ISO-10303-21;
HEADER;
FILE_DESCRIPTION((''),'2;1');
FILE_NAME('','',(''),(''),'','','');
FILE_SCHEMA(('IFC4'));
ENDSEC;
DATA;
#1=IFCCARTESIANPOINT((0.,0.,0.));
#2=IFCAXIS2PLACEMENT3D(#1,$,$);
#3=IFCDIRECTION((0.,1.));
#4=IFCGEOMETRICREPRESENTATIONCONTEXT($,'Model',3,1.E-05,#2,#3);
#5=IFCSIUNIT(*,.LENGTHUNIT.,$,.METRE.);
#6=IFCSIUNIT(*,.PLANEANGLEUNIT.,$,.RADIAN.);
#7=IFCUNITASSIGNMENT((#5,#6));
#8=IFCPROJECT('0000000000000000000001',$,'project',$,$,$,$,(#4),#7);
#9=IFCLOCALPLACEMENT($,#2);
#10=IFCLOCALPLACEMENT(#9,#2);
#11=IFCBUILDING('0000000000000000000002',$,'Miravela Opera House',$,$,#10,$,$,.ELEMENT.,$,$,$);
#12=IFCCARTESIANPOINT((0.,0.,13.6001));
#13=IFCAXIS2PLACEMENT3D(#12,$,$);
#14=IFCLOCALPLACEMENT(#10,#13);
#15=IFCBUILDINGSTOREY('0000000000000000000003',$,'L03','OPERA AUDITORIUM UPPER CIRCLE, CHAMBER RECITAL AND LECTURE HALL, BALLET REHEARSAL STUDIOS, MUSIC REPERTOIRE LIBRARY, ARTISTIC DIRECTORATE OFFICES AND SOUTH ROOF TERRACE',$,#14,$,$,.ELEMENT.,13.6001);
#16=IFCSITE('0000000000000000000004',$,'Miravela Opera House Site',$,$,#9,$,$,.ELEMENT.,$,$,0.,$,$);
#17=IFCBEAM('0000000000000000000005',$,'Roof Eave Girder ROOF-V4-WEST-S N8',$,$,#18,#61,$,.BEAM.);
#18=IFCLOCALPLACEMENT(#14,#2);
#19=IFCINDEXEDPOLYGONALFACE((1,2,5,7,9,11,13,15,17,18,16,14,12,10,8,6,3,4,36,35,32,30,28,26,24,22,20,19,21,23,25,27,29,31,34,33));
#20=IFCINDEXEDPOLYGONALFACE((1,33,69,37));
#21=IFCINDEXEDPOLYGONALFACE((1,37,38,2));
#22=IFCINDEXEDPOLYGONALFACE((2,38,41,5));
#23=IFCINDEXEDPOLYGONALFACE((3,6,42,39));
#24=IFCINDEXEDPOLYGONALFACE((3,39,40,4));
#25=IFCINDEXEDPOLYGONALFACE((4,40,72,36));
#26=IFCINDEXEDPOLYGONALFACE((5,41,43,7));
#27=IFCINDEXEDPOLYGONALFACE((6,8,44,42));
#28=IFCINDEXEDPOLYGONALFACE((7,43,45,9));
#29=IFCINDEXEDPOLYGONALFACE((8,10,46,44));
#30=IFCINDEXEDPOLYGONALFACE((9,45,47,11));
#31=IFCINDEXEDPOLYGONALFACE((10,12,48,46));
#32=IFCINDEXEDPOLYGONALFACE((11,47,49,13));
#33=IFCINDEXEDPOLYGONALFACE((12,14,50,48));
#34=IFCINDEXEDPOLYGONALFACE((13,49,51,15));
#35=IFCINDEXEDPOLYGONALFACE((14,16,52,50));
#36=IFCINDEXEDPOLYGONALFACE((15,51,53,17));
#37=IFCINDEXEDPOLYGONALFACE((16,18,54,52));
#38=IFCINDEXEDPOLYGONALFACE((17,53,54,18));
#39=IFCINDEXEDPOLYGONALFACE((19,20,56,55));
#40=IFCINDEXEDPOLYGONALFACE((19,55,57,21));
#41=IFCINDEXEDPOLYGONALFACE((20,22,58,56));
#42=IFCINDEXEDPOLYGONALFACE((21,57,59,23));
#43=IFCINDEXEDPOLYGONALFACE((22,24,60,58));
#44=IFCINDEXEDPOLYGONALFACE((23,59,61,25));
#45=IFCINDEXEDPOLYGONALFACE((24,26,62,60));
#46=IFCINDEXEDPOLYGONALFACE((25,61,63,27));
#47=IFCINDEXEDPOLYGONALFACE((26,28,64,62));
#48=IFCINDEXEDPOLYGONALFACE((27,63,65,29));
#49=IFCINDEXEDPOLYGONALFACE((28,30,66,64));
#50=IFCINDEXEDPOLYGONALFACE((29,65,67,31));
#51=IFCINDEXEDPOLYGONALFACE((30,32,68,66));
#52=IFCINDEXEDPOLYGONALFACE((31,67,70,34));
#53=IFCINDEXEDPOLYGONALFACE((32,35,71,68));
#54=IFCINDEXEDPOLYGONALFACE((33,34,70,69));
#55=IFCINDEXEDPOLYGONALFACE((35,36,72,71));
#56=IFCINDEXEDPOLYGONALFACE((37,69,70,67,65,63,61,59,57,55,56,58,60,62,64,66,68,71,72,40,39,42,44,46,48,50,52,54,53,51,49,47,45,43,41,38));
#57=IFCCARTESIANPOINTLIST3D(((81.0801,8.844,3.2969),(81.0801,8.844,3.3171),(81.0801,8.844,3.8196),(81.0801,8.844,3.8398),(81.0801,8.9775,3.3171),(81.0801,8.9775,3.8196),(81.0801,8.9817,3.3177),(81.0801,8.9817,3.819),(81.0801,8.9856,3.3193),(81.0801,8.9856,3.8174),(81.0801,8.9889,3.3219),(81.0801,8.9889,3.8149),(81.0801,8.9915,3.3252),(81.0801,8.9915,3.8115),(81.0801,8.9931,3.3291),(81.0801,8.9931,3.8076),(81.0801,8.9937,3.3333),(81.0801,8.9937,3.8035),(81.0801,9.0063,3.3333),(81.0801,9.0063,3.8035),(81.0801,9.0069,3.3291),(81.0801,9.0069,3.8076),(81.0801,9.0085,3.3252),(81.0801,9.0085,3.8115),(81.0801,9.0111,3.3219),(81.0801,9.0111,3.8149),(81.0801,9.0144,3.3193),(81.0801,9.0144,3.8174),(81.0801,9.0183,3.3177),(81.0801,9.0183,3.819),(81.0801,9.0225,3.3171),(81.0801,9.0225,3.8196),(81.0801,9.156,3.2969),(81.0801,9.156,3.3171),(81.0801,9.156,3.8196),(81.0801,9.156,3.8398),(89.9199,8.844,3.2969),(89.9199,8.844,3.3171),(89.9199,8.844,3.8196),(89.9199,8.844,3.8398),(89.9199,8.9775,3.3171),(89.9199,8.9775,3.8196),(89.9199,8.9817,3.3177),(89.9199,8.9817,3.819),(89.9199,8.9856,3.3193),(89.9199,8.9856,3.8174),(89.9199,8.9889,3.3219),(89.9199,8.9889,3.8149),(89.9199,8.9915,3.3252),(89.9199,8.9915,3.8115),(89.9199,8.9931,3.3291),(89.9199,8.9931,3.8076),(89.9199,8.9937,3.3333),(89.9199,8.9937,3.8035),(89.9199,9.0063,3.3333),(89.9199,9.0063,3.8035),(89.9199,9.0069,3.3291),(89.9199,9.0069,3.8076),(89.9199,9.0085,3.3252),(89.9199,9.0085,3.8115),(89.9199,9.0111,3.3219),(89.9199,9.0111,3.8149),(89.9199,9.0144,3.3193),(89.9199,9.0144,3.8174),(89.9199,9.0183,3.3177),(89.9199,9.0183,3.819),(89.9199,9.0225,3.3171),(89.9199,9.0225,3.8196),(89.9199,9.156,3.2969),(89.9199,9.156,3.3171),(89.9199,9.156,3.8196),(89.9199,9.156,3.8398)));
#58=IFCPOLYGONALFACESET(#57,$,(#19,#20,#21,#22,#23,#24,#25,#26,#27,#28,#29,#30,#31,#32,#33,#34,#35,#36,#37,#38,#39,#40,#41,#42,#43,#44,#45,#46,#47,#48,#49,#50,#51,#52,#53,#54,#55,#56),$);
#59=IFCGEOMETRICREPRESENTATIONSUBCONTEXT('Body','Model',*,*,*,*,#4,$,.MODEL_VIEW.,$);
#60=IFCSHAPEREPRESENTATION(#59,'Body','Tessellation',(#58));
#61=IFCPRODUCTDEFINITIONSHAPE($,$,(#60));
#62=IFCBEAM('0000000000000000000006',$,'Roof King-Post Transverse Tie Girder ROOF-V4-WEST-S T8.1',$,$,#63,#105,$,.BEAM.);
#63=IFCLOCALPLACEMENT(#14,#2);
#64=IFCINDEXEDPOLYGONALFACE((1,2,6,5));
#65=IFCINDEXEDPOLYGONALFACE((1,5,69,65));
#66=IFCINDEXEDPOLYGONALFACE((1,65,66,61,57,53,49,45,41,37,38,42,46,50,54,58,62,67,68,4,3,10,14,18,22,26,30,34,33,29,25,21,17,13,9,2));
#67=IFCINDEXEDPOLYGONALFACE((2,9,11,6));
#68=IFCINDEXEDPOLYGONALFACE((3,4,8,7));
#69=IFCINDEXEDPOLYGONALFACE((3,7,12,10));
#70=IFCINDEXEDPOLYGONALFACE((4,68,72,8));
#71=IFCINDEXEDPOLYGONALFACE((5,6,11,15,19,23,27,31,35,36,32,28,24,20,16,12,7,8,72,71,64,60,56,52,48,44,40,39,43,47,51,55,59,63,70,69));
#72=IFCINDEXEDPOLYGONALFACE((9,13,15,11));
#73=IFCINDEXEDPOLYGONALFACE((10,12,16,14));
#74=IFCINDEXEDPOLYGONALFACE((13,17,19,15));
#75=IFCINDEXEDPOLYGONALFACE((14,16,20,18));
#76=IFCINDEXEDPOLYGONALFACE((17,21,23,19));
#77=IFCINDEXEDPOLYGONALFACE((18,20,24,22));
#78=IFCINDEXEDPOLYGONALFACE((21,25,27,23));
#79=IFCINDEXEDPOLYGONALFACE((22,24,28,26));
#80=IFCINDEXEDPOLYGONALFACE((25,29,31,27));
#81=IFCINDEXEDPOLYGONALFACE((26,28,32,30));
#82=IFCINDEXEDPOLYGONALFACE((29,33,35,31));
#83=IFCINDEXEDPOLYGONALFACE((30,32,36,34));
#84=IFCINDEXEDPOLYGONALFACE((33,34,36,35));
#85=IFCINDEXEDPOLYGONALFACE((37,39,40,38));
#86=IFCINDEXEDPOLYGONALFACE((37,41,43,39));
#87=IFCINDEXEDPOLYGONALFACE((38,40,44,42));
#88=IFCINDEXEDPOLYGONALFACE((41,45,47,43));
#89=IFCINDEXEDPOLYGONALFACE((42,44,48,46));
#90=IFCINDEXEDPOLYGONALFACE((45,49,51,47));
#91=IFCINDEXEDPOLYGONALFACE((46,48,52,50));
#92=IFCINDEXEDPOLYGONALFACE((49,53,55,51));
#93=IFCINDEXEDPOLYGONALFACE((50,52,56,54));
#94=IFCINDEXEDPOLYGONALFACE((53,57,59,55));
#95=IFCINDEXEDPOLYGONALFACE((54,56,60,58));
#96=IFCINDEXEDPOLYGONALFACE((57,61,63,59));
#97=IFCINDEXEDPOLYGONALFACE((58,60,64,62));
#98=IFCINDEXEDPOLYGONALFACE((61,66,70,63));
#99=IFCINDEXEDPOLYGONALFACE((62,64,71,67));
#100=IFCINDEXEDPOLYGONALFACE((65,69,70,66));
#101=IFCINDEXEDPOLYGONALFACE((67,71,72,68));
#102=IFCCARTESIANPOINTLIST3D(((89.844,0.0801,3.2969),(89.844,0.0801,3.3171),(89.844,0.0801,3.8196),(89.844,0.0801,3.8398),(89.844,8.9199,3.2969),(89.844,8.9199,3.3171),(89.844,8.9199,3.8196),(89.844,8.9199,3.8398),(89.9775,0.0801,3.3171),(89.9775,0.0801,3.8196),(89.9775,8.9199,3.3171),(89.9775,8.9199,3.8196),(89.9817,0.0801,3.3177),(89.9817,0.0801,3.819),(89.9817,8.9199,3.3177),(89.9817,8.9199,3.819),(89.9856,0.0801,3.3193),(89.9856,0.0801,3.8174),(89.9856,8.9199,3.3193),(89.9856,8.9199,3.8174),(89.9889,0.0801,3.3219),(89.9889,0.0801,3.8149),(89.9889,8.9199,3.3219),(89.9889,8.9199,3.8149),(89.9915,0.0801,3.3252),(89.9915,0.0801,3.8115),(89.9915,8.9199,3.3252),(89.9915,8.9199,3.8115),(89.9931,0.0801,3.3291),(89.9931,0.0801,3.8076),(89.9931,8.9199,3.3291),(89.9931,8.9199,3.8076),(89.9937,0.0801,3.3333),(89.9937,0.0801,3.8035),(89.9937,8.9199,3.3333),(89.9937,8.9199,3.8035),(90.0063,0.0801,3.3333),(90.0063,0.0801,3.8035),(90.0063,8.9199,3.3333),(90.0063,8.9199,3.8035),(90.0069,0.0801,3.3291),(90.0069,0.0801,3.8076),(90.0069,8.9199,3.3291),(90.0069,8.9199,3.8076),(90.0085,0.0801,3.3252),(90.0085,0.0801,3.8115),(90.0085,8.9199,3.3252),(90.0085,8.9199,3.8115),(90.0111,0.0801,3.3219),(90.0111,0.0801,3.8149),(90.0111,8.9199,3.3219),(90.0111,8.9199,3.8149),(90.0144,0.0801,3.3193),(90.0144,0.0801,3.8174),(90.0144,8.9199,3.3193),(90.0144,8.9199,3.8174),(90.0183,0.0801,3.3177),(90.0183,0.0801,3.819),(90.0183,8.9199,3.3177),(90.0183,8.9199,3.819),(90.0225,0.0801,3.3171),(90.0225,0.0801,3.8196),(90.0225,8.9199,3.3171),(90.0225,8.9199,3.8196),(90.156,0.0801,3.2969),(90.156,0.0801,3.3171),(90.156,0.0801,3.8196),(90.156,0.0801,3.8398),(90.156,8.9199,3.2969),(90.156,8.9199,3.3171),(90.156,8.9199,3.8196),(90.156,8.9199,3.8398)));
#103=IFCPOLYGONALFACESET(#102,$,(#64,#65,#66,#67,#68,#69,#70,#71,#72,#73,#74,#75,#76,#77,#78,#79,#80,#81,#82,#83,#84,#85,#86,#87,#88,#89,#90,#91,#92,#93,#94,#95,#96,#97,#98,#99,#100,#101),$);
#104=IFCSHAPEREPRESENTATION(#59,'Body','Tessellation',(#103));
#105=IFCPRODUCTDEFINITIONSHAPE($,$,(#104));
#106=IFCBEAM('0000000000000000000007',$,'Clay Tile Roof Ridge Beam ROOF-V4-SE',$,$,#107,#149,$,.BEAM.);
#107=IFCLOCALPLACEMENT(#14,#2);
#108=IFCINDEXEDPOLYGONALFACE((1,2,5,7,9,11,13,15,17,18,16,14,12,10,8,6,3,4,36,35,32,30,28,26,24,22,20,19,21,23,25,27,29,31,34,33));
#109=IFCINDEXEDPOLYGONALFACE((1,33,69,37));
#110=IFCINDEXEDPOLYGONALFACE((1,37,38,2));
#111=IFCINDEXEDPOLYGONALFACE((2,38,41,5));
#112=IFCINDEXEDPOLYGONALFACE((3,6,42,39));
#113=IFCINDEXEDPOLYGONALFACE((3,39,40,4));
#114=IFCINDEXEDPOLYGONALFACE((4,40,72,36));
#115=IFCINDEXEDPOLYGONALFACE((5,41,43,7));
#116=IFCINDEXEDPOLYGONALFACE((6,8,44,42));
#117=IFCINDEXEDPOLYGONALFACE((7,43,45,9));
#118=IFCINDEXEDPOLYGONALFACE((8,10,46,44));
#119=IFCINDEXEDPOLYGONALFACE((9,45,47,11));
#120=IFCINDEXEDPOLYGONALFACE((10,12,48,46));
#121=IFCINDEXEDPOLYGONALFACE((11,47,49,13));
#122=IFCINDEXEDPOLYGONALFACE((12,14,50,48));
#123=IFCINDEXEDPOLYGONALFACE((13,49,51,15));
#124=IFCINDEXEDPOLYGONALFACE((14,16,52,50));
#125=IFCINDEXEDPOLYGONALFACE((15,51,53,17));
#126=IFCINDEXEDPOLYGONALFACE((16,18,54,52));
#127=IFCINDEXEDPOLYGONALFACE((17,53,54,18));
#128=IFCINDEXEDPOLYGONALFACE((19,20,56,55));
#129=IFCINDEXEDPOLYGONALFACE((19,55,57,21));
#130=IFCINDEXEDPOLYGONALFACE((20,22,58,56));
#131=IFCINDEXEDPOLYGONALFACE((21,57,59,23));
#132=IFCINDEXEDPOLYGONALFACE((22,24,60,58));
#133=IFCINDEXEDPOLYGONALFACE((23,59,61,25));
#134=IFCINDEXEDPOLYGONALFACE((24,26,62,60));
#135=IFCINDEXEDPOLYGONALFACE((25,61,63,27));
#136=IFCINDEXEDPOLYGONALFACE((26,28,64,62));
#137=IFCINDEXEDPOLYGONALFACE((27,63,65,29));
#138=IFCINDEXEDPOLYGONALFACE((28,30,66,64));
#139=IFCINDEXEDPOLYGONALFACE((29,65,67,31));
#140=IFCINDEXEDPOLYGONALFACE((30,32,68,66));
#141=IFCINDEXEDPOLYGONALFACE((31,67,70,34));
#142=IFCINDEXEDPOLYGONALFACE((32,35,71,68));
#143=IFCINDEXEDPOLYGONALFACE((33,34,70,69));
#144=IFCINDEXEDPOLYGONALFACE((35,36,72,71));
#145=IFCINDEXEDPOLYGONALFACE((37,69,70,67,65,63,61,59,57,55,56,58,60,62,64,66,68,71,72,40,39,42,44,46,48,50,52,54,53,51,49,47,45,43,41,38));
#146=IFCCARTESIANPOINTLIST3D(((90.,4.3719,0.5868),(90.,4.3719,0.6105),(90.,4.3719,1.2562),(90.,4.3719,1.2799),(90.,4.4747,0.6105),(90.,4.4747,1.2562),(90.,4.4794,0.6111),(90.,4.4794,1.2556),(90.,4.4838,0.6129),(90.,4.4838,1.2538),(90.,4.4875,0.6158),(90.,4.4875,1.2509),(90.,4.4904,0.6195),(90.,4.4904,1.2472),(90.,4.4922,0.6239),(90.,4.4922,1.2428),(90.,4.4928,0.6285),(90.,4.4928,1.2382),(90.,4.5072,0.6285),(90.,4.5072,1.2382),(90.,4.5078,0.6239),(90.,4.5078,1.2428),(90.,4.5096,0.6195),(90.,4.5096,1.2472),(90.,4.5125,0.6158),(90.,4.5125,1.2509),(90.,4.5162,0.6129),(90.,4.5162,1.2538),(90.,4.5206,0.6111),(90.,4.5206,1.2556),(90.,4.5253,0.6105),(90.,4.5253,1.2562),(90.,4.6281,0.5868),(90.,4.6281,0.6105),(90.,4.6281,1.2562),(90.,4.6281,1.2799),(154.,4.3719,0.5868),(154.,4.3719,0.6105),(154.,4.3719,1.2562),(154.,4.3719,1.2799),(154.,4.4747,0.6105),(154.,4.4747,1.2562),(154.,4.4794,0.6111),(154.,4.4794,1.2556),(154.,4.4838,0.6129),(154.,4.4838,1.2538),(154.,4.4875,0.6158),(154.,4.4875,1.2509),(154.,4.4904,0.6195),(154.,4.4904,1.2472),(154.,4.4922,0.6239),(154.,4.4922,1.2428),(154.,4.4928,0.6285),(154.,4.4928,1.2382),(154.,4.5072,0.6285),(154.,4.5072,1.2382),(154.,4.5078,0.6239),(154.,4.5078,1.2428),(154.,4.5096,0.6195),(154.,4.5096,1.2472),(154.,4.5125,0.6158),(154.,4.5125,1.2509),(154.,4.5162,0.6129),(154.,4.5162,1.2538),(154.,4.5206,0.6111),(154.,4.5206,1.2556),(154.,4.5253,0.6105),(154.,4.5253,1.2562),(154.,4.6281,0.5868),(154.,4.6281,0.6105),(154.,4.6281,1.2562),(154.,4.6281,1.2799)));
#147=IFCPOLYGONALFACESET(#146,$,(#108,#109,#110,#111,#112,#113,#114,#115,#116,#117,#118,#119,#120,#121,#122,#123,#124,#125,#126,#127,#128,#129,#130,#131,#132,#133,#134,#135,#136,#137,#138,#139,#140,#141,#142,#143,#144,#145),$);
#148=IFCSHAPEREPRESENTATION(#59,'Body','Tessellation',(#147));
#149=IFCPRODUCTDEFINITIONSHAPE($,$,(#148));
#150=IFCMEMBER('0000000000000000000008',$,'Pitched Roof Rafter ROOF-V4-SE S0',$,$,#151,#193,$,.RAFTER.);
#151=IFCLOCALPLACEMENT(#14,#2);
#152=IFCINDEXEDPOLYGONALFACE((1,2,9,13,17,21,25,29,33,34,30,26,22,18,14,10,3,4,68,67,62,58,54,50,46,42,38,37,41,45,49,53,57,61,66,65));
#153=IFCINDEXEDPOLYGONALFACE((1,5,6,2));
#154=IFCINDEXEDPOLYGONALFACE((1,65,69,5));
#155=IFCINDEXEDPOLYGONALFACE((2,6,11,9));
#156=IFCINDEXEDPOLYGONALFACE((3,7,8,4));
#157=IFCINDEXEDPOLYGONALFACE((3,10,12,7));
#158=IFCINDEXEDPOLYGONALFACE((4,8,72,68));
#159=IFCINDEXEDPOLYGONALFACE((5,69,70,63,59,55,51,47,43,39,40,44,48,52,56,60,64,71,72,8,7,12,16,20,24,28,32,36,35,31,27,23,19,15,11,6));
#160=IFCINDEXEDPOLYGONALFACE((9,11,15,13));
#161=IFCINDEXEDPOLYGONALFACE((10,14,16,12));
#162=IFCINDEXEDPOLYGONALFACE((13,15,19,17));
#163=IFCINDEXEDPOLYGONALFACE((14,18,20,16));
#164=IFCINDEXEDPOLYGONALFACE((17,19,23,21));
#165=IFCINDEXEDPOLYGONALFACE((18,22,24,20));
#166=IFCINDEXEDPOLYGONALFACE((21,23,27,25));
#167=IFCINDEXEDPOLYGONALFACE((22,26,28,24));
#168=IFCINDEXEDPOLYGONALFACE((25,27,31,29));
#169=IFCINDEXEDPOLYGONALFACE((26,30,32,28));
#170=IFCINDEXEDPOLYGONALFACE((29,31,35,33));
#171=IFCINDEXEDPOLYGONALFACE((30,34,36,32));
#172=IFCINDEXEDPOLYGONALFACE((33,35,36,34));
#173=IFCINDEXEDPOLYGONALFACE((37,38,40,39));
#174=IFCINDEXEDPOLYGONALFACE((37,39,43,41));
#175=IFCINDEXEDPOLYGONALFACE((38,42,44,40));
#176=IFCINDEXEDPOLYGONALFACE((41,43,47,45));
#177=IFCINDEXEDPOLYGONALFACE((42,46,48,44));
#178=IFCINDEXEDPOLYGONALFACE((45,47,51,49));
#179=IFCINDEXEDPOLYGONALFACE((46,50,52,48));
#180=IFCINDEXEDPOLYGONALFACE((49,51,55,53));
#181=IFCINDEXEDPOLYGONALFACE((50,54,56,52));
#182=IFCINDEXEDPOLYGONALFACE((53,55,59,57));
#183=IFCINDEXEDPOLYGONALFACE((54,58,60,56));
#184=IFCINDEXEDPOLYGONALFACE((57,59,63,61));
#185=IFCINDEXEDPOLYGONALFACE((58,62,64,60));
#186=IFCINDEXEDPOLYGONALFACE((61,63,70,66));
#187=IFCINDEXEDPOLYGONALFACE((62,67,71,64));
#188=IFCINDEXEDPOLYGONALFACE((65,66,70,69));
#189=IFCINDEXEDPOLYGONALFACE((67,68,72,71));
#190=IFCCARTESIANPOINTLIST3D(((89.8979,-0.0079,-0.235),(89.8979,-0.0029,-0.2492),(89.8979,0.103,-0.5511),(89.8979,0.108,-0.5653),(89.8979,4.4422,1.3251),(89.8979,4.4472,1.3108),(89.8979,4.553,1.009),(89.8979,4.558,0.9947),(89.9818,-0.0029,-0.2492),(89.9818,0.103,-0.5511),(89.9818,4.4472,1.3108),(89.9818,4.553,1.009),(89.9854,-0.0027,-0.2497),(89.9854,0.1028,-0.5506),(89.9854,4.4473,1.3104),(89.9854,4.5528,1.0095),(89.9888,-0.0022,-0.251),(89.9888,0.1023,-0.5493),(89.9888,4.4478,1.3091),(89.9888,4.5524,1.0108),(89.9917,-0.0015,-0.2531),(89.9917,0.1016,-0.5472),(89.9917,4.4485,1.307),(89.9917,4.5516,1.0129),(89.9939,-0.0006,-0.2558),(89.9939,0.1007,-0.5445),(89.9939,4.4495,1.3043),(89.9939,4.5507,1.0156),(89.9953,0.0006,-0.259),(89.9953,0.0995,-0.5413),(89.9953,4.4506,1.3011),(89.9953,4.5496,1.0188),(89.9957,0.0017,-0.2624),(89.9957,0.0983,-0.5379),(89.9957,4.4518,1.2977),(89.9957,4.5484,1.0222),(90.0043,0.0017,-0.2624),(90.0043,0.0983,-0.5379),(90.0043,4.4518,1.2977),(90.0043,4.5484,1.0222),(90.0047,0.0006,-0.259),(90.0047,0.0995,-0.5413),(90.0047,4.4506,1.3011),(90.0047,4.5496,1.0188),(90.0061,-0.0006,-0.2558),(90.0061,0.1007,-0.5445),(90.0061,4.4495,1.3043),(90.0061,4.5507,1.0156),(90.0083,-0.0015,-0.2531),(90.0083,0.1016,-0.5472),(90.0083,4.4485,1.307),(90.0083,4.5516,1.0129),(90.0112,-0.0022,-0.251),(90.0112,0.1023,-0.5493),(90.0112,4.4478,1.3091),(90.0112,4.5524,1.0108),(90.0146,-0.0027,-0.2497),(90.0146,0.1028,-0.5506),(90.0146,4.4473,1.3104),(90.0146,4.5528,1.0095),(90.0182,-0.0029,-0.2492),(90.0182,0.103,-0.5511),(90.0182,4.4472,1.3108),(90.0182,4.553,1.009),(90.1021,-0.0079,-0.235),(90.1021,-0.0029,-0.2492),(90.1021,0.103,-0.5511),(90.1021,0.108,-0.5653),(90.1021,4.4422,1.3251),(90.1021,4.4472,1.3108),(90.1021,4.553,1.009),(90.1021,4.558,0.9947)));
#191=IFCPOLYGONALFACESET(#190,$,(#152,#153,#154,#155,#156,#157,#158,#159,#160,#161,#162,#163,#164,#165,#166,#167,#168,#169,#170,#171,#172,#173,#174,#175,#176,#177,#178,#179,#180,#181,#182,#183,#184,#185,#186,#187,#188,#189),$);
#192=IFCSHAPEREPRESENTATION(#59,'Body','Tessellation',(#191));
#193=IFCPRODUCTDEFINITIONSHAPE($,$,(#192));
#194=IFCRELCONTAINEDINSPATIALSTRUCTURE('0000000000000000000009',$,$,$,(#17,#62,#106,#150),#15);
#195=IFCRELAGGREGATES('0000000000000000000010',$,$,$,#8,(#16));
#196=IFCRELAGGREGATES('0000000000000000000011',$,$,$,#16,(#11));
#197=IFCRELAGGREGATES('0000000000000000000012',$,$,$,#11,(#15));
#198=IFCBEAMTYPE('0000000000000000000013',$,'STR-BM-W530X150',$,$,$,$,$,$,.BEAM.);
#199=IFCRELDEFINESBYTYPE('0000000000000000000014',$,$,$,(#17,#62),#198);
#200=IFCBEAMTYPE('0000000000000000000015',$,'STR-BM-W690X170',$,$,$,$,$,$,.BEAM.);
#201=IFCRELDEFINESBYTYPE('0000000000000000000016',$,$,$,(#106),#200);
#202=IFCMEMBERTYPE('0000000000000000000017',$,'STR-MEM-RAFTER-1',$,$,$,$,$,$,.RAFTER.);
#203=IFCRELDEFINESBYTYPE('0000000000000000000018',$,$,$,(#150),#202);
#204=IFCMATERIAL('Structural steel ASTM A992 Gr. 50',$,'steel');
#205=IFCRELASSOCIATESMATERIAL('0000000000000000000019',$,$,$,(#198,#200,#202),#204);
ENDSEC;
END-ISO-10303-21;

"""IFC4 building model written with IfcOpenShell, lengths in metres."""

from ifc_helpers import new_model, si_unit, direction, frame, origin, origin_2d, place, context, subcontext, project, spatial, i_section, extrude, material, material_profile, profile_set, type_object, element, save


model = new_model("IFC4")

# Units and contexts
model_context = context("Model", 3, precision=1e-05, world=origin(), true_north=direction((0.0, 1.0)))
body_context = subcontext(model_context, "Body", "Model", "MODEL_VIEW")
ifc_project = project(units=[si_unit("LENGTHUNIT", "METRE"), si_unit("PLANEANGLEUNIT", "RADIAN")], contexts=[model_context])

# Site, building, storey
site_placement = place(None, origin())
site = spatial("IfcSite", under=ifc_project, at=site_placement, Name="Miravela Opera House Site", CompositionType="ELEMENT", RefElevation=0.0)
building_placement = place(site_placement, origin())
building = spatial("IfcBuilding", under=site, at=building_placement, Name="Miravela Opera House", CompositionType="ELEMENT")
storey_placement = place(building_placement, frame((0.0, 0.0, 13.6001)))
storey = spatial("IfcBuildingStorey", under=building, at=storey_placement, Name="L03", Description="OPERA AUDITORIUM UPPER CIRCLE, CHAMBER RECITAL AND LECTURE HALL, BALLET REHEARSAL STUDIOS, MUSIC REPERTOIRE LIBRARY, ARTISTIC DIRECTORATE OFFICES AND SOUTH ROOF TERRACE", CompositionType="ELEMENT", Elevation=13.6001)

# Beams
ifc_material_1 = material(Name="Structural steel ASTM A992 Gr. 50", Category="steel")
ifc_material_profile_1 = material_profile(ifc_material_1, i_section(OverallWidth=0.312, OverallDepth=0.543, WebThickness=0.0127, FlangeThickness=0.0203, FilletRadius=0.0161, at=origin_2d()), Name="W530X150")
ifc_profile_set_1 = profile_set([ifc_material_profile_1])
beam_type_1 = type_object("IfcBeamType", Name="STR-BM-W530X150", PredefinedType="BEAM", material=ifc_profile_set_1)
for number, where, z_axis, x_axis, name in (
    (1, (81.0801, 9.0, 3.5684), (1.0, 0.0, 0.0), (0.0, 1.0, 0.0), "Roof Eave Girder ROOF-V4-WEST-S N8"),
    (2, (90.0, 0.0801, 3.5684), (0.0, 1.0, 0.0), (-1.0, 0.0, 0.0), "Roof King-Post Transverse Tie Girder ROOF-V4-WEST-S T8.1"),
):
    element("IfcBeam", number, at=place(storey_placement, frame(where, z_axis=z_axis, x_axis=x_axis)), inside=storey, type_object=beam_type_1, Name=name, PredefinedType="BEAM", context=body_context, shape_type="SweptSolid", body=[
        extrude(i_section(OverallWidth=0.312, OverallDepth=0.543, WebThickness=0.0127, FlangeThickness=0.0203, FilletRadius=0.0161, at=origin_2d()), origin(), (0.0, 0.0, 1.0), 8.8398),
    ])
ifc_material_profile_2 = material_profile(ifc_material_1, i_section(OverallWidth=0.2561, OverallDepth=0.6931, WebThickness=0.0144, FlangeThickness=0.0237, FilletRadius=0.0181, at=origin_2d()), Name="W690X170")
ifc_profile_set_2 = profile_set([ifc_material_profile_2])
beam_type_2 = type_object("IfcBeamType", Name="STR-BM-W690X170", PredefinedType="BEAM", material=ifc_profile_set_2)
beam_placement = place(storey_placement, frame((90.0, 4.5, 0.9333), z_axis=(1.0, 0.0, 0.0), x_axis=(0.0, 1.0, 0.0)))
element("IfcBeam", 3, at=beam_placement, inside=storey, type_object=beam_type_2, Name="Clay Tile Roof Ridge Beam ROOF-V4-SE", PredefinedType="BEAM", context=body_context, shape_type="SweptSolid", body=[
    extrude(i_section(OverallWidth=0.2561, OverallDepth=0.6931, WebThickness=0.0144, FlangeThickness=0.0237, FilletRadius=0.0181, at=origin_2d()), origin(), (0.0, 0.0, 1.0), 64.0),
])

# Member
ifc_material_profile_3 = material_profile(ifc_material_1, i_section(OverallWidth=0.2041, OverallDepth=0.3501, WebThickness=0.0085, FlangeThickness=0.0151, FilletRadius=0.0139, at=origin_2d()), Name="W360X72")
ifc_profile_set_3 = profile_set([ifc_material_profile_3])
member_type_1 = type_object("IfcMemberType", Name="STR-MEM-RAFTER-1", PredefinedType="RAFTER", material=ifc_profile_set_3)
member_1_placement = place(storey_placement, frame((90.0, 0.05, -0.4001), z_axis=(0.0, 0.943688, 0.330837), x_axis=(-1.0, 0.0, 0.0)))
element("IfcMember", 4, at=member_1_placement, inside=storey, type_object=member_type_1, Name="Pitched Roof Rafter ROOF-V4-SE S0", PredefinedType="RAFTER", context=body_context, shape_type="SweptSolid", body=[
    extrude(i_section(OverallWidth=0.2041, OverallDepth=0.3501, WebThickness=0.0085, FlangeThickness=0.0151, FilletRadius=0.0139, at=origin_2d()), origin(), (0.0, 0.0, 1.0), 4.7156),
])

save(model, "model.ifc")
